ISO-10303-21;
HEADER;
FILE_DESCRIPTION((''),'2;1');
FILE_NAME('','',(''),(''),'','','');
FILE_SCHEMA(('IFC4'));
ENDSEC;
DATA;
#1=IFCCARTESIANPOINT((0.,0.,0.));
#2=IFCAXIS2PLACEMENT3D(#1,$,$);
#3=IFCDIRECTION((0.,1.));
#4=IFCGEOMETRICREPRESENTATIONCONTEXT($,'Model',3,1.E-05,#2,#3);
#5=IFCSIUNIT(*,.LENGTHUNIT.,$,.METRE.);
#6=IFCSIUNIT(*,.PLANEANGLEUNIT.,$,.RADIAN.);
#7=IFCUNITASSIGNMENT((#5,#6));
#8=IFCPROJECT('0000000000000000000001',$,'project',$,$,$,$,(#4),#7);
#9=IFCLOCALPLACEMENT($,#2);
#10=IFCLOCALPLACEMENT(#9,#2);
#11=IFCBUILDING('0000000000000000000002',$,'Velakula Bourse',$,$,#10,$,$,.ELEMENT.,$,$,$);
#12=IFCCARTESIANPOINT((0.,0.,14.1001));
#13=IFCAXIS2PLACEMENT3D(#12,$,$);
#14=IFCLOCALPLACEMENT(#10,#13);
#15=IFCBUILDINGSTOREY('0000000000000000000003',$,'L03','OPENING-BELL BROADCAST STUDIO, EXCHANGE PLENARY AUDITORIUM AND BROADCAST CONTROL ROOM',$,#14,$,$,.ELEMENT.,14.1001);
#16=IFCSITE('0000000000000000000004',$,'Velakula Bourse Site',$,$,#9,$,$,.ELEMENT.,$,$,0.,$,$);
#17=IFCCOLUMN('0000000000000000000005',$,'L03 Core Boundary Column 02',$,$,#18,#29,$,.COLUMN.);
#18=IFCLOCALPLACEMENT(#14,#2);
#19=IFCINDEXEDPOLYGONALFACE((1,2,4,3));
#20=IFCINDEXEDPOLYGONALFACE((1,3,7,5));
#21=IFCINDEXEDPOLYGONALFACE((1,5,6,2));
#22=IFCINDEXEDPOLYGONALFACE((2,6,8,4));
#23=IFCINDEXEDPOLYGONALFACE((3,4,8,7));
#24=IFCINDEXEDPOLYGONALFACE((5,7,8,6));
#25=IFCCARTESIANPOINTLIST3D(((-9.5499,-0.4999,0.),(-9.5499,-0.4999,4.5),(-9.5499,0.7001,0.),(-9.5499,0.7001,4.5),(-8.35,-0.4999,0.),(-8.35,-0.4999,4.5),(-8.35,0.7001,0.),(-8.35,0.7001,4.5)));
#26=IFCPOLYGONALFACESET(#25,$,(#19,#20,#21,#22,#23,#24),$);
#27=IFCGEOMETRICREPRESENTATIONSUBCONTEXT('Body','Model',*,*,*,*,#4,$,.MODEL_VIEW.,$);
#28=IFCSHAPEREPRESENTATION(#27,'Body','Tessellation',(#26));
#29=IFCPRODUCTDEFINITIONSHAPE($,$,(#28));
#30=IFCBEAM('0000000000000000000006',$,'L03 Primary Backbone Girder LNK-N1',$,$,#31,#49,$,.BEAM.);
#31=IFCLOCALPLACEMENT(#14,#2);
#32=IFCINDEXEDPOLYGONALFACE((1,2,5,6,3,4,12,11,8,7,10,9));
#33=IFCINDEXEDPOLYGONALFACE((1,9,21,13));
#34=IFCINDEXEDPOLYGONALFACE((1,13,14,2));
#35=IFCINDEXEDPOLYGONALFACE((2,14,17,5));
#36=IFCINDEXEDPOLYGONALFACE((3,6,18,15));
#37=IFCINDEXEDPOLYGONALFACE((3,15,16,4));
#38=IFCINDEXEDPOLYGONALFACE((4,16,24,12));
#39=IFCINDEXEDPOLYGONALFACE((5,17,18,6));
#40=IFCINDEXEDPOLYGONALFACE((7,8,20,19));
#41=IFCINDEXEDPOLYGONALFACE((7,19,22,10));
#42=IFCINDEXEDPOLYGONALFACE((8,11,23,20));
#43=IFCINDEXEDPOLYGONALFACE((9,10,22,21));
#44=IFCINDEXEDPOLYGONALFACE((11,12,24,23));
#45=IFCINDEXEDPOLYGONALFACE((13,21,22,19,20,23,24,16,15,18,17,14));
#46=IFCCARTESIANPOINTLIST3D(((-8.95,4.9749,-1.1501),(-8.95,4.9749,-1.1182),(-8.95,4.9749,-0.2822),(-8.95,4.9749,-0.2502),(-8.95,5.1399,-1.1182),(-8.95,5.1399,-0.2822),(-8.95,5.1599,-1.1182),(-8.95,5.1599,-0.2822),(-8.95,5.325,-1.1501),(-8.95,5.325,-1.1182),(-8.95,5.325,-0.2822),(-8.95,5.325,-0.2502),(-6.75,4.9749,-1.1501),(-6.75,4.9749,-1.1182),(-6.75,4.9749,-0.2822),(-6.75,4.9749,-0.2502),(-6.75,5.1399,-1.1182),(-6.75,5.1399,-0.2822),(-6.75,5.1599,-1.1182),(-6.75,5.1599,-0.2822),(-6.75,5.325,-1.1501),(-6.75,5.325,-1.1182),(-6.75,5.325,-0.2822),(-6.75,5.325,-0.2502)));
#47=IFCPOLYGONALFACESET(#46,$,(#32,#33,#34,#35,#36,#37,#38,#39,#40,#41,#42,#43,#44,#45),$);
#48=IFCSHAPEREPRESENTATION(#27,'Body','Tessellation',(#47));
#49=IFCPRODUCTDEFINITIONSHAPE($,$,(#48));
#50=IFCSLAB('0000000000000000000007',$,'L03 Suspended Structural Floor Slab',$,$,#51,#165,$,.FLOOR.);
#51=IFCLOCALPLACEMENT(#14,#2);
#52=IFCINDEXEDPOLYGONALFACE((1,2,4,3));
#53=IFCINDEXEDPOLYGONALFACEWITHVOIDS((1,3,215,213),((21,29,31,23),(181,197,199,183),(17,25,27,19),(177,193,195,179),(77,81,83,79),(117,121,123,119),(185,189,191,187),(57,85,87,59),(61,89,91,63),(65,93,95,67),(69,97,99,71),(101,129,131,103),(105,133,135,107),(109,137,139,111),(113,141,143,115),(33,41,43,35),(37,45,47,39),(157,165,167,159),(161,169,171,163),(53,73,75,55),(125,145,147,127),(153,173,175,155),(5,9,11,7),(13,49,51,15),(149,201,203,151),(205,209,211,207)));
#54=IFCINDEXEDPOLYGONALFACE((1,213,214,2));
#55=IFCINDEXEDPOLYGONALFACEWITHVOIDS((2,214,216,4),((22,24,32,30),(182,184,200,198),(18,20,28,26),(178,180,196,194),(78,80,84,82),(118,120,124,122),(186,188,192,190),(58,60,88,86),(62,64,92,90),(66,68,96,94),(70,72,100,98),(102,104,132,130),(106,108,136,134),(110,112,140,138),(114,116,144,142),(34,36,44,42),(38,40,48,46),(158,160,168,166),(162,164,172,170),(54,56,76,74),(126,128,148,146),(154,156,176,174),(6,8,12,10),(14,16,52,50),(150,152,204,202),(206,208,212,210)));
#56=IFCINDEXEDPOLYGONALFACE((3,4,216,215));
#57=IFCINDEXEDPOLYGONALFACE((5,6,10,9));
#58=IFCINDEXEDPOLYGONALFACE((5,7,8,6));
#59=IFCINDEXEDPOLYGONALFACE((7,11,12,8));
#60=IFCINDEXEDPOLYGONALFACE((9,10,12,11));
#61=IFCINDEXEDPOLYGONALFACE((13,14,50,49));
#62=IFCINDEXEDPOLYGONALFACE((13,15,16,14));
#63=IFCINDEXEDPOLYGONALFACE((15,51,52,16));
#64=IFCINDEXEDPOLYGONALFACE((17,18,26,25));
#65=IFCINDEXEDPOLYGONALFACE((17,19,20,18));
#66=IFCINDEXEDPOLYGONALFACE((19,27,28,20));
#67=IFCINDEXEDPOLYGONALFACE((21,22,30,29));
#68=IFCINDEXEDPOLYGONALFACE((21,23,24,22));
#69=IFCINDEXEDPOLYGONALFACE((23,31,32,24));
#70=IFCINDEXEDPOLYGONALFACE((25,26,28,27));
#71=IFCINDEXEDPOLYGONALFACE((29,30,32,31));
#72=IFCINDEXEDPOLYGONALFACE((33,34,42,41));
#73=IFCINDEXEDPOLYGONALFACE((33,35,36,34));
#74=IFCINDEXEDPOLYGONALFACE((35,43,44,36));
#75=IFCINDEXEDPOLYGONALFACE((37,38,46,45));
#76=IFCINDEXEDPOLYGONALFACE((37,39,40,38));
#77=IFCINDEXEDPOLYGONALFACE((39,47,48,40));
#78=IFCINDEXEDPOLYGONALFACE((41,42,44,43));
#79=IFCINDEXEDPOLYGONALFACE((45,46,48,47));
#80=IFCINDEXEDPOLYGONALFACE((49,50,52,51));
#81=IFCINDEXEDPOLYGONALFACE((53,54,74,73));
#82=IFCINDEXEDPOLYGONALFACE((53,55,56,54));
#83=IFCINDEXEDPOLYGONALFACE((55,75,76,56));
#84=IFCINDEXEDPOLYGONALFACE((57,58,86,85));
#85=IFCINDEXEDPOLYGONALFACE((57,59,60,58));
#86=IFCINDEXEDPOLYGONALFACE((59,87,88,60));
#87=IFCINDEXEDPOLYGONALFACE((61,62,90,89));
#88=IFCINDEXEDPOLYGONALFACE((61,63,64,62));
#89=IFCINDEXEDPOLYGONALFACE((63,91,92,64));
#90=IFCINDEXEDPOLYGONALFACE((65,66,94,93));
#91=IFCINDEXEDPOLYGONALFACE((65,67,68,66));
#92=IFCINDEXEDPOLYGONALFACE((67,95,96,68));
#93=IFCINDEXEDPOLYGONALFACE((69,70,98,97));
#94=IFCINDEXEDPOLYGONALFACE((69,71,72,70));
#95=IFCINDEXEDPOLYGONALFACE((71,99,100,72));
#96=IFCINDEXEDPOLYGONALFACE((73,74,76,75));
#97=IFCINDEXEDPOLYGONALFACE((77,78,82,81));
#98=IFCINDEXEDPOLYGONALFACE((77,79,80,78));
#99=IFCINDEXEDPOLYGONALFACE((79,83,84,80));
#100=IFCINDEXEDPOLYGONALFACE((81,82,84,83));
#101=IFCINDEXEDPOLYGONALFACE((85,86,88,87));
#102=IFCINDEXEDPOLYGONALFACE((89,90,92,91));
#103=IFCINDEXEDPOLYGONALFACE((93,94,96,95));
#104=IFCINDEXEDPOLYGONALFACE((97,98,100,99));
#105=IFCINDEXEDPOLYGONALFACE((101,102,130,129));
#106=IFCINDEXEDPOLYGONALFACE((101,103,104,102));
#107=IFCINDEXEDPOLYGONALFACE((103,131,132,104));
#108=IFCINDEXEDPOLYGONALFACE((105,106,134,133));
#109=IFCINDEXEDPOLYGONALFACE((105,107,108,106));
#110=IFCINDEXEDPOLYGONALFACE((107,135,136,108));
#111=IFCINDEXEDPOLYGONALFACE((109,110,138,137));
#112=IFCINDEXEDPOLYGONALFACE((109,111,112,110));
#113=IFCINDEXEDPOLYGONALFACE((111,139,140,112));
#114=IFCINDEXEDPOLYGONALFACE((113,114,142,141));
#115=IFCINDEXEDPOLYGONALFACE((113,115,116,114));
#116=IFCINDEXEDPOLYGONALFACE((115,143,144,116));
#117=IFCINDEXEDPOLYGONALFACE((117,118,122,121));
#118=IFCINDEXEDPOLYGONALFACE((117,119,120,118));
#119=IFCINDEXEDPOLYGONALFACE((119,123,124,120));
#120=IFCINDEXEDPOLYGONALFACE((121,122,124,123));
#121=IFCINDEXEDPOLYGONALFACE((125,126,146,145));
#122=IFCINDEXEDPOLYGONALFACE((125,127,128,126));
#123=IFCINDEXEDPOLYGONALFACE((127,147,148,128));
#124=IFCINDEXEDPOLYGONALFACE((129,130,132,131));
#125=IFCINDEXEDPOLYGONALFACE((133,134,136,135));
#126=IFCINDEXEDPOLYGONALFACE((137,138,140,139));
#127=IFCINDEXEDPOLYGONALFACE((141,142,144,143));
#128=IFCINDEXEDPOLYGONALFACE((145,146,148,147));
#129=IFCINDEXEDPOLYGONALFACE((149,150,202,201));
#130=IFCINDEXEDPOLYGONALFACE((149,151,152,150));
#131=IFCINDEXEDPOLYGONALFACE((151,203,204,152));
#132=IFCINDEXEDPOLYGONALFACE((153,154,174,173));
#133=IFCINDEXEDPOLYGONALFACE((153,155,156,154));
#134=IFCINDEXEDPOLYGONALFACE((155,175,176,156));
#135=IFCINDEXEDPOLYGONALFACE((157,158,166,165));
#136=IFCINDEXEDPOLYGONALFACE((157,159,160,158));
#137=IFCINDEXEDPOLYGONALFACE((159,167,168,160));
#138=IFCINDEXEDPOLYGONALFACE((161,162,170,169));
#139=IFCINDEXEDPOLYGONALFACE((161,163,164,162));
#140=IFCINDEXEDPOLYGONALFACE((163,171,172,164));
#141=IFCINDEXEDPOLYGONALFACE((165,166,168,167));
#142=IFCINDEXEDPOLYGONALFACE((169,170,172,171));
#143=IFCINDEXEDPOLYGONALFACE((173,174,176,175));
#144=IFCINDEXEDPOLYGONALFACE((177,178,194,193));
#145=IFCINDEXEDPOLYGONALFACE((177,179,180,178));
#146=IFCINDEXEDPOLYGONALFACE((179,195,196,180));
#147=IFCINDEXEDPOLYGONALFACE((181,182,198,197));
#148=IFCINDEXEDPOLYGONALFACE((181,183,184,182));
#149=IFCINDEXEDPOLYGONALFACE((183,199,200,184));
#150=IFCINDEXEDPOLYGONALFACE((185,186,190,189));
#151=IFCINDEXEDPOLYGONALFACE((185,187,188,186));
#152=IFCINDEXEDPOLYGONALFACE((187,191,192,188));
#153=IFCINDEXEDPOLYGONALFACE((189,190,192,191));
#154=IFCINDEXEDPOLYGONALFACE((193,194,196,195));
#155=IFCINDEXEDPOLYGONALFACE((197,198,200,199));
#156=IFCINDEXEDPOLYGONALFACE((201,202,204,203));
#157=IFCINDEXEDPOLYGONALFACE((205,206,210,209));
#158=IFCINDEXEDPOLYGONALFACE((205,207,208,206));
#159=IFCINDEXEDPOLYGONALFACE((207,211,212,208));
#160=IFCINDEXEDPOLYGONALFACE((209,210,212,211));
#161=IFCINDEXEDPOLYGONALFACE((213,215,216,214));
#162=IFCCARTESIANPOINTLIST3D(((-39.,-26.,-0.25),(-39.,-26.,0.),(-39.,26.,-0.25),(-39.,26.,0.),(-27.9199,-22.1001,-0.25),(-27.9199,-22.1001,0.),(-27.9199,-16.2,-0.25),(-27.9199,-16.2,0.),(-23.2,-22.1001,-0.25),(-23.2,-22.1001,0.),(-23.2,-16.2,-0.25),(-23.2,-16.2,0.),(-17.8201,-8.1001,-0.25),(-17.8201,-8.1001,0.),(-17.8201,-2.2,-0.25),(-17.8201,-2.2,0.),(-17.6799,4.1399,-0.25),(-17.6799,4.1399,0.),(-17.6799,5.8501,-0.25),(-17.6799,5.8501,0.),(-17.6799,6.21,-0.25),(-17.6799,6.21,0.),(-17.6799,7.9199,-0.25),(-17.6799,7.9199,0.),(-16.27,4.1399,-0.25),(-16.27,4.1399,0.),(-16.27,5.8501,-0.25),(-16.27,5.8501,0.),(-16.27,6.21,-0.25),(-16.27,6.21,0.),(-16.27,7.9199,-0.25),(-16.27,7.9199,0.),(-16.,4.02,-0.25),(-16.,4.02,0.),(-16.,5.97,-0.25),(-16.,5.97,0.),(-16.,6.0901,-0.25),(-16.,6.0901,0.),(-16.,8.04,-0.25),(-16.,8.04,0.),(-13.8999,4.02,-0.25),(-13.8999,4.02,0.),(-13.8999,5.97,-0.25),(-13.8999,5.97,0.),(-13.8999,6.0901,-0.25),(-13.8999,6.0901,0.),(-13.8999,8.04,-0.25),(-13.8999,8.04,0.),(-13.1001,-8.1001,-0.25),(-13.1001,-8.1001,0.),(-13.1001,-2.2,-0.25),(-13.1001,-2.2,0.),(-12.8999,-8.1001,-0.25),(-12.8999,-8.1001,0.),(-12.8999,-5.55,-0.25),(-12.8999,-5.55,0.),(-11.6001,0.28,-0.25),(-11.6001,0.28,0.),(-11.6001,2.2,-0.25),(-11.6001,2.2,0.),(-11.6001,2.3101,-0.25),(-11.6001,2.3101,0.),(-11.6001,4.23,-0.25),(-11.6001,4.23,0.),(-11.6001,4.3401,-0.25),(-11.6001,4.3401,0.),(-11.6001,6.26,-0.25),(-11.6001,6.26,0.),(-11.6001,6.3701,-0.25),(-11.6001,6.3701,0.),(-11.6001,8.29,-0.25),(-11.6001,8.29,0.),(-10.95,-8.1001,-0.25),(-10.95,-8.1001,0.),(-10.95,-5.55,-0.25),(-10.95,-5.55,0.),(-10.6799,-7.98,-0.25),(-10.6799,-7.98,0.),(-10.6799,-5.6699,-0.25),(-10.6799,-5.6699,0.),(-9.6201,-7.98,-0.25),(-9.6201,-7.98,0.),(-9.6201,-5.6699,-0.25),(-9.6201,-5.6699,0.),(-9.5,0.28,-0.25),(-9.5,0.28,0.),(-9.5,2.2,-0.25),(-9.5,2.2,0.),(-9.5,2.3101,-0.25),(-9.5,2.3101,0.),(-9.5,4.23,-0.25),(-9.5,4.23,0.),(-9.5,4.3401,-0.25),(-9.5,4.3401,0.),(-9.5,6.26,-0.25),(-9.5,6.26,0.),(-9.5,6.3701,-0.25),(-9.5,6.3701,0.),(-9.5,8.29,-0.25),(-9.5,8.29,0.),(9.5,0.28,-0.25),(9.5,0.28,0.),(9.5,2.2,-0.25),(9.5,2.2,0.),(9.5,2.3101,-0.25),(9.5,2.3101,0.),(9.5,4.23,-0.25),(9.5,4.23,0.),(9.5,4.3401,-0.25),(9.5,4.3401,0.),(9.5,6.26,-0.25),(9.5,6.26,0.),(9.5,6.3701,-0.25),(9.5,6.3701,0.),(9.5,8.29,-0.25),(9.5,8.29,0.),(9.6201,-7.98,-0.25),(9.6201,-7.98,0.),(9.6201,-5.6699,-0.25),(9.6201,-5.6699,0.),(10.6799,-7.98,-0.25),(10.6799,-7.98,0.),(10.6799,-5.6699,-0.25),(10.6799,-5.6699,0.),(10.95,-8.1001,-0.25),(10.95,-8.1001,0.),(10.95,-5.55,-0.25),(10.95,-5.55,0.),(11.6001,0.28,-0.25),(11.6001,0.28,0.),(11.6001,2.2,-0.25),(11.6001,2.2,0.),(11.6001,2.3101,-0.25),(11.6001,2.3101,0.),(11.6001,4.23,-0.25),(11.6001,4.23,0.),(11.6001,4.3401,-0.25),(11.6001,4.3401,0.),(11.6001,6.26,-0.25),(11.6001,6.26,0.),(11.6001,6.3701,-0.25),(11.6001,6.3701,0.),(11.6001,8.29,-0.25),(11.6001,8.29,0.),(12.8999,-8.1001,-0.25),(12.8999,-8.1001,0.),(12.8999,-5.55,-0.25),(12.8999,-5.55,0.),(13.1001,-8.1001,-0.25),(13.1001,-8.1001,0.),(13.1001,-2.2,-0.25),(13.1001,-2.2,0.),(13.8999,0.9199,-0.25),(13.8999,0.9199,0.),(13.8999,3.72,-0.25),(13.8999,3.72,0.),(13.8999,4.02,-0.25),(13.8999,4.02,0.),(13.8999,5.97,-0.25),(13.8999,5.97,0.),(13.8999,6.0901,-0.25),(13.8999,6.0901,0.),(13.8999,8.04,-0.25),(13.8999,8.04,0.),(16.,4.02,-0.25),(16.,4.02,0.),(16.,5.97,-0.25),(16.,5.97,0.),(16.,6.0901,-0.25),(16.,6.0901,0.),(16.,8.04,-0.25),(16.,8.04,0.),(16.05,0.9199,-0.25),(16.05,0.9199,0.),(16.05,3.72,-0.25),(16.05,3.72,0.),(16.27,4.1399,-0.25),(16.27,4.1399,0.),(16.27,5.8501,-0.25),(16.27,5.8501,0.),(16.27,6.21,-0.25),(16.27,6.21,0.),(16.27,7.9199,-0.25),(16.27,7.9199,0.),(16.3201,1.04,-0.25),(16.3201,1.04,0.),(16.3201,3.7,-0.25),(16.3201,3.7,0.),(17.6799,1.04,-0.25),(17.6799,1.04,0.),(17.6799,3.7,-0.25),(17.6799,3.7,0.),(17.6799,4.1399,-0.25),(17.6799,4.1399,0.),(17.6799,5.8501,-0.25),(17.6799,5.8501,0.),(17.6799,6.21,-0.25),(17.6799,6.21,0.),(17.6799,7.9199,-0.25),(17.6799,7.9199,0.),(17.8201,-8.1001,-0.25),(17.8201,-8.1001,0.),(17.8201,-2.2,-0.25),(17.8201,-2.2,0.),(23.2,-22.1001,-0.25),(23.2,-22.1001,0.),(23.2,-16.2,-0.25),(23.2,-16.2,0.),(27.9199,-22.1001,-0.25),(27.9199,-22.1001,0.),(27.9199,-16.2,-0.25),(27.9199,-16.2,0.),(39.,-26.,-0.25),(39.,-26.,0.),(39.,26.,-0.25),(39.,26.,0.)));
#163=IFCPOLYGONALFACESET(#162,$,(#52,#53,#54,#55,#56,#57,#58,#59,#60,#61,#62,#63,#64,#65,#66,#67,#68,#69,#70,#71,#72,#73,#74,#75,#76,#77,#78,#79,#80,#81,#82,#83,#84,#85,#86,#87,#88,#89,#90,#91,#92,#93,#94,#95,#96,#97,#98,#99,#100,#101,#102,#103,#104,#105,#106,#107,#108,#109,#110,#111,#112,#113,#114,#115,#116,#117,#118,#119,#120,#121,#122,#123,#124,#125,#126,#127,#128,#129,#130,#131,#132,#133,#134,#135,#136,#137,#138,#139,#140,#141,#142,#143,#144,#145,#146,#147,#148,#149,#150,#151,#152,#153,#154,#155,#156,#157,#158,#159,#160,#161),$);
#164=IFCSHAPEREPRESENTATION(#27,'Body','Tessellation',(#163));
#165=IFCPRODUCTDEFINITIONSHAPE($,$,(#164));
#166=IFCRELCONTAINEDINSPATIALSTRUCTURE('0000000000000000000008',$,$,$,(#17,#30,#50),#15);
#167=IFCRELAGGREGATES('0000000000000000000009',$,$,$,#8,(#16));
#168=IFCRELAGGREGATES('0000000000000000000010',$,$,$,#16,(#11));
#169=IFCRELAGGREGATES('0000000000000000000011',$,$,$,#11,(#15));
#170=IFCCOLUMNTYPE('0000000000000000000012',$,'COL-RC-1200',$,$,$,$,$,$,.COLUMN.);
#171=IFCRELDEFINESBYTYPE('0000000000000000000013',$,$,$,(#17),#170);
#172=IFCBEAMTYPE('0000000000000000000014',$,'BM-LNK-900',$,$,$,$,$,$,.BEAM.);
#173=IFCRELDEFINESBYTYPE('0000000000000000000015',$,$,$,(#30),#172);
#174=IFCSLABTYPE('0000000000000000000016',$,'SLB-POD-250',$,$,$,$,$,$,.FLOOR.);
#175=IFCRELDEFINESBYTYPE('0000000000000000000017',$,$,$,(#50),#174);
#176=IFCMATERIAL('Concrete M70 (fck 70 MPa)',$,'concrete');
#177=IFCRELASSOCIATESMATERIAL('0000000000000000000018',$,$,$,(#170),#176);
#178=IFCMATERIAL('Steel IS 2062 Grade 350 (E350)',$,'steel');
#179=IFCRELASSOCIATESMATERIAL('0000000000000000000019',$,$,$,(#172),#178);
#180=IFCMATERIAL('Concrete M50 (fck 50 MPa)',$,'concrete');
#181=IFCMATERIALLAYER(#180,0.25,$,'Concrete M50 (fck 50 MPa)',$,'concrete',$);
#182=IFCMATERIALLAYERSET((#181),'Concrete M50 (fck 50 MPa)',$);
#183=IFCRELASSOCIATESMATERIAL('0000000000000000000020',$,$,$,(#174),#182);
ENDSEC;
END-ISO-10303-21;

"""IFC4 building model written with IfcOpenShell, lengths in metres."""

from ifc_helpers import new_model, si_unit, direction, frame, origin, origin_2d, place, context, subcontext, project, spatial, polyline, rectangle, i_section, outline, extrude, material, layer, layer_set, material_profile, profile_set, type_object, element, save


model = new_model("IFC4")

# Units and contexts
model_context = context("Model", 3, precision=1e-05, world=origin(), true_north=direction((0.0, 1.0)))
body_context = subcontext(model_context, "Body", "Model", "MODEL_VIEW")
ifc_project = project(units=[si_unit("LENGTHUNIT", "METRE"), si_unit("PLANEANGLEUNIT", "RADIAN")], contexts=[model_context])

# Site, building, storey
site_placement = place(None, origin())
site = spatial("IfcSite", under=ifc_project, at=site_placement, Name="Velakula Bourse Site", CompositionType="ELEMENT", RefElevation=0.0)
building_placement = place(site_placement, origin())
building = spatial("IfcBuilding", under=site, at=building_placement, Name="Velakula Bourse", CompositionType="ELEMENT")
storey_placement = place(building_placement, frame((0.0, 0.0, 14.1001)))
storey = spatial("IfcBuildingStorey", under=building, at=storey_placement, Name="L03", Description="OPENING-BELL BROADCAST STUDIO, EXCHANGE PLENARY AUDITORIUM AND BROADCAST CONTROL ROOM", CompositionType="ELEMENT", Elevation=14.1001)

# Column
ifc_material_1 = material(Name="Concrete M70 (fck 70 MPa)", Category="concrete")
ifc_material_profile_1 = material_profile(ifc_material_1, rectangle(XDim=1.2, YDim=1.2, at=origin_2d()), Name="Concrete M70 (fck 70 MPa)")
ifc_profile_set_1 = profile_set([ifc_material_profile_1], Name="Concrete M70 (fck 70 MPa)")
column_type = type_object("IfcColumnType", Name="COL-RC-1200", PredefinedType="COLUMN", material=ifc_profile_set_1)
column_placement = place(storey_placement, frame((-8.95, 0.1001, 0.0), z_axis=(0.0, 0.0, 1.0), x_axis=(1.0, 0.0, 0.0)))
element("IfcColumn", 1, at=column_placement, inside=storey, type_object=column_type, Name="L03 Core Boundary Column 02", PredefinedType="COLUMN", context=body_context, shape_type="SweptSolid", body=[
    extrude(rectangle(XDim=1.2, YDim=1.2, at=origin_2d()), origin(), (0.0, 0.0, 1.0), 4.5),
])

# Beam
ifc_material_2 = material(Name="Steel IS 2062 Grade 350 (E350)", Category="steel")
ifc_material_profile_2 = material_profile(ifc_material_2, i_section(OverallWidth=0.3501, OverallDepth=0.8999, WebThickness=0.02, FlangeThickness=0.032, at=origin_2d()), Name="Steel IS 2062 Grade 350 (E350)")
ifc_profile_set_2 = profile_set([ifc_material_profile_2], Name="Steel IS 2062 Grade 350 (E350)")
beam_type = type_object("IfcBeamType", Name="BM-LNK-900", PredefinedType="BEAM", material=ifc_profile_set_2)
beam_placement = place(storey_placement, frame((-8.95, 5.1499, -0.7002), z_axis=(1.0, 0.0, 0.0), x_axis=(0.0, 1.0, 0.0)))
element("IfcBeam", 2, at=beam_placement, inside=storey, type_object=beam_type, Name="L03 Primary Backbone Girder LNK-N1", PredefinedType="BEAM", context=body_context, shape_type="SweptSolid", body=[
    extrude(i_section(OverallWidth=0.3501, OverallDepth=0.8999, WebThickness=0.02, FlangeThickness=0.032, at=origin_2d()), origin(), (0.0, 0.0, 1.0), 2.2),
])

# Slab
ifc_material_3 = material(Name="Concrete M50 (fck 50 MPa)", Category="concrete")
ifc_layer_1 = layer(ifc_material_3, 0.25, Name="Concrete M50 (fck 50 MPa)", Category="concrete")
ifc_layer_set_1 = layer_set([ifc_layer_1], Name="Concrete M50 (fck 50 MPa)")
slab_type = type_object("IfcSlabType", Name="SLB-POD-250", PredefinedType="FLOOR", material=ifc_layer_set_1)
slab_placement = place(storey_placement, frame((0.0, 0.0, -0.25)))
element("IfcSlab", 3, at=slab_placement, inside=storey, type_object=slab_type, Name="L03 Suspended Structural Floor Slab", PredefinedType="FLOOR", context=body_context, shape_type="SweptSolid", body=[
    extrude(outline(polyline([(-39.0, -26.0), (39.0, -26.0), (39.0, 26.0), (-39.0, 26.0), (-39.0, -26.0)]), holes=[polyline([(-17.8201, -8.1001), (-13.1001, -8.1001), (-13.1001, -2.2), (-17.8201, -2.2), (-17.8201, -8.1001)]), polyline([(13.1001, -8.1001), (17.8201, -8.1001), (17.8201, -2.2), (13.1001, -2.2), (13.1001, -8.1001)]), polyline([(-27.9199, -22.1001), (-23.2, -22.1001), (-23.2, -16.2), (-27.9199, -16.2), (-27.9199, -22.1001)]), polyline([(23.2, -22.1001), (27.9199, -22.1001), (27.9199, -16.2), (23.2, -16.2), (23.2, -22.1001)]), polyline([(-12.8999, -8.1001), (-10.95, -8.1001), (-10.95, -5.55), (-12.8999, -5.55), (-12.8999, -8.1001)]), polyline([(10.95, -8.1001), (12.8999, -8.1001), (12.8999, -5.55), (10.95, -5.55), (10.95, -8.1001)]), polyline([(13.8999, 0.9199), (16.05, 0.9199), (16.05, 3.72), (13.8999, 3.72), (13.8999, 0.9199)]), polyline([(-10.6799, -7.98), (-9.6201, -7.98), (-9.6201, -5.6699), (-10.6799, -5.6699), (-10.6799, -7.98)]), polyline([(-17.6799, 4.1399), (-16.27, 4.1399), (-16.27, 5.8501), (-17.6799, 5.8501), (-17.6799, 4.1399)]), polyline([(-17.6799, 6.21), (-16.27, 6.21), (-16.27, 7.9199), (-17.6799, 7.9199), (-17.6799, 6.21)]), polyline([(9.6201, -7.98), (10.6799, -7.98), (10.6799, -5.6699), (9.6201, -5.6699), (9.6201, -7.98)]), polyline([(16.27, 4.1399), (17.6799, 4.1399), (17.6799, 5.8501), (16.27, 5.8501), (16.27, 4.1399)]), polyline([(16.27, 6.21), (17.6799, 6.21), (17.6799, 7.9199), (16.27, 7.9199), (16.27, 6.21)]), polyline([(16.3201, 1.04), (17.6799, 1.04), (17.6799, 3.7), (16.3201, 3.7), (16.3201, 1.04)]), polyline([(-11.6001, 0.28), (-9.5, 0.28), (-9.5, 2.2), (-11.6001, 2.2), (-11.6001, 0.28)]), polyline([(-11.6001, 2.3101), (-9.5, 2.3101), (-9.5, 4.23), (-11.6001, 4.23), (-11.6001, 2.3101)]), polyline([(-11.6001, 4.3401), (-9.5, 4.3401), (-9.5, 6.26), (-11.6001, 6.26), (-11.6001, 4.3401)]), polyline([(-11.6001, 6.3701), (-9.5, 6.3701), (-9.5, 8.29), (-11.6001, 8.29), (-11.6001, 6.3701)]), polyline([(9.5, 0.28), (11.6001, 0.28), (11.6001, 2.2), (9.5, 2.2), (9.5, 0.28)]), polyline([(9.5, 2.3101), (11.6001, 2.3101), (11.6001, 4.23), (9.5, 4.23), (9.5, 2.3101)]), polyline([(9.5, 4.3401), (11.6001, 4.3401), (11.6001, 6.26), (9.5, 6.26), (9.5, 4.3401)]), polyline([(9.5, 6.3701), (11.6001, 6.3701), (11.6001, 8.29), (9.5, 8.29), (9.5, 6.3701)]), polyline([(-16.0, 4.02), (-13.8999, 4.02), (-13.8999, 5.97), (-16.0, 5.97), (-16.0, 4.02)]), polyline([(-16.0, 6.0901), (-13.8999, 6.0901), (-13.8999, 8.04), (-16.0, 8.04), (-16.0, 6.0901)]), polyline([(13.8999, 4.02), (16.0, 4.02), (16.0, 5.97), (13.8999, 5.97), (13.8999, 4.02)]), polyline([(13.8999, 6.0901), (16.0, 6.0901), (16.0, 8.04), (13.8999, 8.04), (13.8999, 6.0901)])]), origin(), (0.0, 0.0, 1.0), 0.25),
])

save(model, "model.ifc")
